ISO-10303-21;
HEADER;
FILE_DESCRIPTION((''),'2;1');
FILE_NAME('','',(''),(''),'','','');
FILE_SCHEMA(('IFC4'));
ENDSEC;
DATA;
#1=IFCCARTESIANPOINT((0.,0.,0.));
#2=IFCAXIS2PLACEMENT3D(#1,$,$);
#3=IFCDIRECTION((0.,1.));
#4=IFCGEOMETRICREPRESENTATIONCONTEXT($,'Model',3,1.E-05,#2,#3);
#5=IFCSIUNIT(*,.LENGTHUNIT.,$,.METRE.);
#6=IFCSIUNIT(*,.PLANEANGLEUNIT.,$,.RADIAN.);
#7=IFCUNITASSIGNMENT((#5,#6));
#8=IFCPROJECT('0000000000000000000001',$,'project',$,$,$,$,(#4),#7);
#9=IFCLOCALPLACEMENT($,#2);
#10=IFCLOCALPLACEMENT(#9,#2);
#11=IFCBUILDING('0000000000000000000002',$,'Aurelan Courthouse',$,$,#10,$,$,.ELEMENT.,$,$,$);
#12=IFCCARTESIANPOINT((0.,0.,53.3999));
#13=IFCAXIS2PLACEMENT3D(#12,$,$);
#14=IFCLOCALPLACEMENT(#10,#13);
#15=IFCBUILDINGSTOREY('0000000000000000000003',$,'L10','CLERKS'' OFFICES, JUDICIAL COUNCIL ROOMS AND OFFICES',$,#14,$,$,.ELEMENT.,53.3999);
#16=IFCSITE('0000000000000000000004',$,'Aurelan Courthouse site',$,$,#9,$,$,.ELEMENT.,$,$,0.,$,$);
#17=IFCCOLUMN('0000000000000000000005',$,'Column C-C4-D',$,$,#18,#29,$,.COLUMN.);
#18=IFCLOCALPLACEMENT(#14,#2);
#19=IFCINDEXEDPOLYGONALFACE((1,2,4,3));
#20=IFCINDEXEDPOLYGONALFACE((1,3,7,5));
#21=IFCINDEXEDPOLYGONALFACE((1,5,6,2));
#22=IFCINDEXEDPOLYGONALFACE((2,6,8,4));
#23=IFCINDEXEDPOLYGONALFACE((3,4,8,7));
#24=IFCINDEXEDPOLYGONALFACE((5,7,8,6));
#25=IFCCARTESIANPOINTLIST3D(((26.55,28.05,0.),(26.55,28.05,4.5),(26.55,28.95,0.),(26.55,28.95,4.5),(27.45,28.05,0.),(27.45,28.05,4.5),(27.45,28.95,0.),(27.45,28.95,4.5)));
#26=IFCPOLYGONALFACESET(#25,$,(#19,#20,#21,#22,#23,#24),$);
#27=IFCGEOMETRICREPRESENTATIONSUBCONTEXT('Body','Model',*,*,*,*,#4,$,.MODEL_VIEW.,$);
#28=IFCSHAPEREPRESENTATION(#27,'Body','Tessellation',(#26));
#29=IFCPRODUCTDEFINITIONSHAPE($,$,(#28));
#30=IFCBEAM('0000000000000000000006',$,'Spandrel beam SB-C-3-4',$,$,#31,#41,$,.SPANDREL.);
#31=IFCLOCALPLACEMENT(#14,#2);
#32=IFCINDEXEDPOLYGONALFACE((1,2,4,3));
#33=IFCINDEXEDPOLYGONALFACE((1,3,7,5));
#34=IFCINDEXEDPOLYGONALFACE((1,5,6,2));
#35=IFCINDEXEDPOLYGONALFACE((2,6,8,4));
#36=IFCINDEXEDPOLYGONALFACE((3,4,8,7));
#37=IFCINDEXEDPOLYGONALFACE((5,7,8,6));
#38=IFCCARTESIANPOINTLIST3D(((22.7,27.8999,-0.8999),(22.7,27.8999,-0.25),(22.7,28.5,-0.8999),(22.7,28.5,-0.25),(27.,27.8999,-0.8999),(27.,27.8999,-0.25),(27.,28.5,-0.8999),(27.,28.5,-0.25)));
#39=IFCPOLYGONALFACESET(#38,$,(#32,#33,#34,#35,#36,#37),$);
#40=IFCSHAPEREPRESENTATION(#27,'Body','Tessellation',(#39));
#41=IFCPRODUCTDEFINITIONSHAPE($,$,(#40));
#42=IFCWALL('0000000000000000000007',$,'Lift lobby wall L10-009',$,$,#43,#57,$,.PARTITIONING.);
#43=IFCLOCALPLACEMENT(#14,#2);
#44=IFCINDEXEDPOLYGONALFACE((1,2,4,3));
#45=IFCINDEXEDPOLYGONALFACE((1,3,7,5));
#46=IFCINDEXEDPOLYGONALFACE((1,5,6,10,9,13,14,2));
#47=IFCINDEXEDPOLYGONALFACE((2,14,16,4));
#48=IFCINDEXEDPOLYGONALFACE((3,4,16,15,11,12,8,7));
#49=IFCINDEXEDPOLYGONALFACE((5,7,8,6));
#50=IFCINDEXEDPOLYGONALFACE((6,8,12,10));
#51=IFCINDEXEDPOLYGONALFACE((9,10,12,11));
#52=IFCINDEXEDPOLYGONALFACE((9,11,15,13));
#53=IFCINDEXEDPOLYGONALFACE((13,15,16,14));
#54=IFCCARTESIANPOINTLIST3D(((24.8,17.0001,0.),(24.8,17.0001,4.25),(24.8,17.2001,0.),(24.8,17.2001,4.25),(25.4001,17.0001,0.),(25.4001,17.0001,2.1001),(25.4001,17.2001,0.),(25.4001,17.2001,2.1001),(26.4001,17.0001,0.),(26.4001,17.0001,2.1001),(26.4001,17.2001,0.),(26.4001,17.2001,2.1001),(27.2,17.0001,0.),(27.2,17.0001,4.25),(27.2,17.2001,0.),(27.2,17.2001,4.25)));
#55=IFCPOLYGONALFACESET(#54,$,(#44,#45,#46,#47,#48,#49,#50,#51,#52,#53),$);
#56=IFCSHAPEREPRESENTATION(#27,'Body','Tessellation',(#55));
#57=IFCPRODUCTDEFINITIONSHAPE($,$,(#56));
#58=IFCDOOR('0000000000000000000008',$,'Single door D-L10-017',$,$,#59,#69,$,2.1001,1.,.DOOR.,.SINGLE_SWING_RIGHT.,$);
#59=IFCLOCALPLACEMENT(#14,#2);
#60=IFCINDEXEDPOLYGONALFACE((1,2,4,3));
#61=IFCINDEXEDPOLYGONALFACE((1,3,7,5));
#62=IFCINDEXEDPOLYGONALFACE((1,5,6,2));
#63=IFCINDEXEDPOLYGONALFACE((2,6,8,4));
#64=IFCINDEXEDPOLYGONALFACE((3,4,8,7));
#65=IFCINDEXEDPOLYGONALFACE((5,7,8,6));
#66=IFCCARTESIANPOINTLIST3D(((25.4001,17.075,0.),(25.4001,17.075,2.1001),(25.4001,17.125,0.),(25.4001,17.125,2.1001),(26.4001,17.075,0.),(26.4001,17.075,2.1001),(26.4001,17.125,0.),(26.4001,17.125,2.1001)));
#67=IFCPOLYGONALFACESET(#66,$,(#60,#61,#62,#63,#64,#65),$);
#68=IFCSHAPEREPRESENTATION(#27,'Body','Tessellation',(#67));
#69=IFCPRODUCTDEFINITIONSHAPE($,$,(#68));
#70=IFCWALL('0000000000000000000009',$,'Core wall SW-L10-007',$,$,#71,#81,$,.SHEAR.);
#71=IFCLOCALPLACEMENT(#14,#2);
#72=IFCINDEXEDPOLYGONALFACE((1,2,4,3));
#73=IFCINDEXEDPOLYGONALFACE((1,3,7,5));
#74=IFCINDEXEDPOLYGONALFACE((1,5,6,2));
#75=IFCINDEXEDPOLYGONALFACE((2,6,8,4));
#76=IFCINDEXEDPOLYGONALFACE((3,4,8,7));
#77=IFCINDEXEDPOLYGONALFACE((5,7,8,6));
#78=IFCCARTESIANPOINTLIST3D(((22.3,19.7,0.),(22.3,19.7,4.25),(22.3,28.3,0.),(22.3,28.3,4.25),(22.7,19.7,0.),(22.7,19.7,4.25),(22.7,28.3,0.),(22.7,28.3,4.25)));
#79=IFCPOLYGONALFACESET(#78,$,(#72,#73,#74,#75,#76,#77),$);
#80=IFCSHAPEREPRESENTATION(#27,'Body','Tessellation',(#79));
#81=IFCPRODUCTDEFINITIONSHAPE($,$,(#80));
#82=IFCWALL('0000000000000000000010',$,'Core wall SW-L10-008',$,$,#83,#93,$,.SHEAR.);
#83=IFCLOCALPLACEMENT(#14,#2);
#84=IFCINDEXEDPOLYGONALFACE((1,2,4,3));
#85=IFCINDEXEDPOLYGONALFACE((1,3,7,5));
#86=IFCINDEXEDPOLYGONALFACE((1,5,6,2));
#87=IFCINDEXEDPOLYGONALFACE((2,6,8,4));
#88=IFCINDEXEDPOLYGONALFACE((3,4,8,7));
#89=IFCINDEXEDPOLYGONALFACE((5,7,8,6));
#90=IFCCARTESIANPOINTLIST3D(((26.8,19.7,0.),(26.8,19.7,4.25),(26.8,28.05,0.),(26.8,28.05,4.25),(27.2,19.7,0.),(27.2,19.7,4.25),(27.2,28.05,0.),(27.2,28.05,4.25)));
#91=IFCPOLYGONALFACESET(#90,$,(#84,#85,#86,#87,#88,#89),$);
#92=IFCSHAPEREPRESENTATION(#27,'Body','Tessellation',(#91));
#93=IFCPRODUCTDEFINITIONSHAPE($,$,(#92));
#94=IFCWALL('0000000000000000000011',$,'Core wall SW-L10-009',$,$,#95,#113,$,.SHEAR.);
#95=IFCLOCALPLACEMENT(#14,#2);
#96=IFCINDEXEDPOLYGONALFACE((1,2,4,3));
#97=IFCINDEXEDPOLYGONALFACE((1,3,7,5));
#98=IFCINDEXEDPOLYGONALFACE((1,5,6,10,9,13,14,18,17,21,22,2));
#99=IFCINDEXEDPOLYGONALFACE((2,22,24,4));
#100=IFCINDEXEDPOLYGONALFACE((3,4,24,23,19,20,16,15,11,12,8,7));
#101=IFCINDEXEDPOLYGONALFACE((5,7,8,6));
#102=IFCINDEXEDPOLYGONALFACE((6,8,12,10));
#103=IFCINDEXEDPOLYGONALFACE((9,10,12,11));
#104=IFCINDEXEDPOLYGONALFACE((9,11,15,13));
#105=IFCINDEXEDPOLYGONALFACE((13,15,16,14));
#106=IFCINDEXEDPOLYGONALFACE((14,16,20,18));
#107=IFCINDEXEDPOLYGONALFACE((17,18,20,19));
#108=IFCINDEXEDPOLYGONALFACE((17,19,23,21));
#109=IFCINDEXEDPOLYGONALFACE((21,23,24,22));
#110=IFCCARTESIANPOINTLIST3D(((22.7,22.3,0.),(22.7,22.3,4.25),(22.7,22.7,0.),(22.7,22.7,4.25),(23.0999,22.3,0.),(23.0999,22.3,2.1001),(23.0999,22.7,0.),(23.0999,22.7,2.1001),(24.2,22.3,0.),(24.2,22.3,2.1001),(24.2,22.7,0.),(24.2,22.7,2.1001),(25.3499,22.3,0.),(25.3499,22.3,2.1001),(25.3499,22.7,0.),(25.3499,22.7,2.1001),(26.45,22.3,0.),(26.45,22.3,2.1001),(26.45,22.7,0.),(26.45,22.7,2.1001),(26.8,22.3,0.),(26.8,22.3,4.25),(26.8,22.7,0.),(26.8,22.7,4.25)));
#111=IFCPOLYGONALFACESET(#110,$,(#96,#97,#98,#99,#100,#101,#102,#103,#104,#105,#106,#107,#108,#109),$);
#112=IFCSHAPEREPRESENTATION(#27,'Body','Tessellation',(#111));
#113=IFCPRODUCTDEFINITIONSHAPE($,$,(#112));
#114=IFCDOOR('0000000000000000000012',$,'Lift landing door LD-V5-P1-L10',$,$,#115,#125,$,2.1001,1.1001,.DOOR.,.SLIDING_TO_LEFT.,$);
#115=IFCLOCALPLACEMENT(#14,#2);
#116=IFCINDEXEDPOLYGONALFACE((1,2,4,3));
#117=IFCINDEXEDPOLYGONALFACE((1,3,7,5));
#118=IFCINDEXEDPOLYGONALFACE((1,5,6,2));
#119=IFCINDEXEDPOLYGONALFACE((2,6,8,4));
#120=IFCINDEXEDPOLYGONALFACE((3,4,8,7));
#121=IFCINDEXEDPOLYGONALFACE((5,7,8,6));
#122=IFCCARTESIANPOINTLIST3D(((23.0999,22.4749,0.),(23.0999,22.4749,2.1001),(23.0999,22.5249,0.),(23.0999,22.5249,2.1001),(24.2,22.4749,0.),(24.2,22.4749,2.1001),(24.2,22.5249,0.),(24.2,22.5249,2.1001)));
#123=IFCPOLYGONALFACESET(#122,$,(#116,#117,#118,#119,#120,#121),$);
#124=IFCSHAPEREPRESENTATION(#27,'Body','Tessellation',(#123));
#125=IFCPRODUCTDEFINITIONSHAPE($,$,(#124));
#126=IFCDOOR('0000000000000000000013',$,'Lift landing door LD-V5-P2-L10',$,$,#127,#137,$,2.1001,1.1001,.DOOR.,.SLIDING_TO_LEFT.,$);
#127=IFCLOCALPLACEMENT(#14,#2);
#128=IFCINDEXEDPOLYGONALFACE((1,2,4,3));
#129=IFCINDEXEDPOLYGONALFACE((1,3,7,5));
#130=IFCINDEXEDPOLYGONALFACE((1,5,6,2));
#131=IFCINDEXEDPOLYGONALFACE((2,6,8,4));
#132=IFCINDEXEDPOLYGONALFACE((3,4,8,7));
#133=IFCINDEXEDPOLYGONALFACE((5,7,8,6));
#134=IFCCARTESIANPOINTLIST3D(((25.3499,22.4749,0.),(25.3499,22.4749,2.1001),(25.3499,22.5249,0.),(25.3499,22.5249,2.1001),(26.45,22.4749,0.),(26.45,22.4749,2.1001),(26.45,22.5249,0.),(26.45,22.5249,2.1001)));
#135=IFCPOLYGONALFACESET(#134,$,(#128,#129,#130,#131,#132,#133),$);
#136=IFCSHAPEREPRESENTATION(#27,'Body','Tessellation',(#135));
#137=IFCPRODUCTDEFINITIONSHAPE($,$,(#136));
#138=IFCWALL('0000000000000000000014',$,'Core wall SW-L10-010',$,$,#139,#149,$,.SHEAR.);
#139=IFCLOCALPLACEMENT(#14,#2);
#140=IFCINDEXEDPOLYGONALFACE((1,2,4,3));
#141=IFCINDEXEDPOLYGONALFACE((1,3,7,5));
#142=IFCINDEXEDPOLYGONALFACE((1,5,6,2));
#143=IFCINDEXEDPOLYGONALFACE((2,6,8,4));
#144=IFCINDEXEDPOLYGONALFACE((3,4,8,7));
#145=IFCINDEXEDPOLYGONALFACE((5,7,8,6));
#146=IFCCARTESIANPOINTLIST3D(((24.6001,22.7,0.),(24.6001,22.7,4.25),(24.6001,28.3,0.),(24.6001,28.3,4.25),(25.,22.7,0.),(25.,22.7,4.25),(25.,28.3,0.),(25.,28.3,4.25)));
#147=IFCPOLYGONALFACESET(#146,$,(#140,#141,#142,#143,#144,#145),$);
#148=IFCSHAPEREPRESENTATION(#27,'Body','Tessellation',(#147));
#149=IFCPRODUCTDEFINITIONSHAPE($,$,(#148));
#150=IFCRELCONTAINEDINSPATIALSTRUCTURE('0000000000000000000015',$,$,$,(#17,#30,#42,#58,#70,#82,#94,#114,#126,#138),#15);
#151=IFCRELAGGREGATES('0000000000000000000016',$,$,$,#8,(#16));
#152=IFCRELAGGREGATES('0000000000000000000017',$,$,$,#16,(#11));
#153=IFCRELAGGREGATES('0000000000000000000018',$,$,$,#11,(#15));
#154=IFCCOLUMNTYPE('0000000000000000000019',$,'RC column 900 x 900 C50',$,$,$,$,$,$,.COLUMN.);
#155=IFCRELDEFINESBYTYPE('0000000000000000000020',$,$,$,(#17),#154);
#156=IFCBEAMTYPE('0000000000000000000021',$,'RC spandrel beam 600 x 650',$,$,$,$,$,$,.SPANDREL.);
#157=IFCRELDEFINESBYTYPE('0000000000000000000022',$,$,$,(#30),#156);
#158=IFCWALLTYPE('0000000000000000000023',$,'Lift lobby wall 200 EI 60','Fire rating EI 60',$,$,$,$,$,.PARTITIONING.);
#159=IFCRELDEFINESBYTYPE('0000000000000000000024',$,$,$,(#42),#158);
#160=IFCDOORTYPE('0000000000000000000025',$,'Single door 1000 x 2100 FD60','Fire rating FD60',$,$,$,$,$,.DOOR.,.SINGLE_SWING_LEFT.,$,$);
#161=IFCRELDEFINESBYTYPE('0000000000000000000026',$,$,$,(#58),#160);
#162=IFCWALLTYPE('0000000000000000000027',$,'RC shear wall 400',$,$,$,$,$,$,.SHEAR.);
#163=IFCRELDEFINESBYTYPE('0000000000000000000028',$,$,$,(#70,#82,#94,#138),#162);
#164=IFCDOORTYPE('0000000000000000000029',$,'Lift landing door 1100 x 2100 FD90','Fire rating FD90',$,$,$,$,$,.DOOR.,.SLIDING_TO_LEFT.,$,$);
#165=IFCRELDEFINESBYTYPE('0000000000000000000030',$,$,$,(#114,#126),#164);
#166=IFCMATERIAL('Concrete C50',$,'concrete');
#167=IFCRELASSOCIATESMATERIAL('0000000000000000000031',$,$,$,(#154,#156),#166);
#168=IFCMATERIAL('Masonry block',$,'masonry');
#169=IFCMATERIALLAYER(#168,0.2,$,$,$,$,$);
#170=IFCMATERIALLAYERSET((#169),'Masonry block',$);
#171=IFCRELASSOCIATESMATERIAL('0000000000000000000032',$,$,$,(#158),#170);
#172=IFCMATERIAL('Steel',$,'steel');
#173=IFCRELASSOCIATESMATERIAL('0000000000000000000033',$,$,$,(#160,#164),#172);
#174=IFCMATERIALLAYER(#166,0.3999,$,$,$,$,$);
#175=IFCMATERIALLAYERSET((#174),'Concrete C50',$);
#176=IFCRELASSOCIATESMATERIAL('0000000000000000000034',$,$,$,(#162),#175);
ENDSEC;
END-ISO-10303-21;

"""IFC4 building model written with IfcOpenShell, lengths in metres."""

from ifc_helpers import new_model, si_unit, direction, frame, frame_2d, origin, origin_2d, place, context, subcontext, project, spatial, rectangle, extrude, material, layer, layer_set, material_profile, profile_set, type_object, element, fill, save


model = new_model("IFC4")

# Units and contexts
model_context = context("Model", 3, precision=1e-05, world=origin(), true_north=direction((0.0, 1.0)))
body_context = subcontext(model_context, "Body", "Model", "MODEL_VIEW")
ifc_project = project(units=[si_unit("LENGTHUNIT", "METRE"), si_unit("PLANEANGLEUNIT", "RADIAN")], contexts=[model_context])

# Site, building, storey
site_placement = place(None, origin())
site = spatial("IfcSite", under=ifc_project, at=site_placement, Name="Aurelan Courthouse site", CompositionType="ELEMENT", RefElevation=0.0)
building_placement = place(site_placement, origin())
building = spatial("IfcBuilding", under=site, at=building_placement, Name="Aurelan Courthouse", CompositionType="ELEMENT")
storey_placement = place(building_placement, frame((0.0, 0.0, 53.3999)))
storey = spatial("IfcBuildingStorey", under=building, at=storey_placement, Name="L10", Description="CLERKS' OFFICES, JUDICIAL COUNCIL ROOMS AND OFFICES", CompositionType="ELEMENT", Elevation=53.3999)

# Column
ifc_material_1 = material(Name="Concrete C50", Category="concrete")
ifc_material_profile_1 = material_profile(ifc_material_1, rectangle(XDim=0.8999, YDim=0.8999, at=origin_2d()), Name="RC 900 x 900")
ifc_profile_set_1 = profile_set([ifc_material_profile_1], Name="Concrete C50")
column_type = type_object("IfcColumnType", Name="RC column 900 x 900 C50", PredefinedType="COLUMN", material=ifc_profile_set_1)
column_placement = place(storey_placement, frame((27.0, 28.5, 0.0), z_axis=(0.0, 0.0, 1.0), x_axis=(1.0, 0.0, 0.0)))
element("IfcColumn", 1, at=column_placement, inside=storey, type_object=column_type, Name="Column C-C4-D", PredefinedType="COLUMN", context=body_context, shape_type="SweptSolid", body=[
    extrude(rectangle(XDim=0.8999, YDim=0.8999, at=origin_2d()), origin(), (0.0, 0.0, 1.0), 4.5),
])

# Beam
ifc_material_profile_2 = material_profile(ifc_material_1, rectangle(XDim=0.6001, YDim=0.6499, at=origin_2d()), Name="RC 600 x 650")
ifc_profile_set_2 = profile_set([ifc_material_profile_2], Name="Concrete C50")
beam_type = type_object("IfcBeamType", Name="RC spandrel beam 600 x 650", PredefinedType="SPANDREL", material=ifc_profile_set_2)
beam_placement = place(storey_placement, frame((22.7, 28.2, -0.575), z_axis=(1.0, 0.0, 0.0), x_axis=(0.0, 1.0, 0.0)))
element("IfcBeam", 2, at=beam_placement, inside=storey, type_object=beam_type, Name="Spandrel beam SB-C-3-4", PredefinedType="SPANDREL", context=body_context, shape_type="SweptSolid", body=[
    extrude(rectangle(XDim=0.6001, YDim=0.6499, at=origin_2d()), origin(), (0.0, 0.0, 1.0), 4.3),
])

# Wall, opening, door
ifc_material_2 = material(Name="Masonry block", Category="masonry")
ifc_layer_1 = layer(ifc_material_2, 0.2)
ifc_layer_set_1 = layer_set([ifc_layer_1], Name="Masonry block")
wall_type_1 = type_object("IfcWallType", Name="Lift lobby wall 200 EI 60", Description="Fire rating EI 60", PredefinedType="PARTITIONING", material=ifc_layer_set_1)
wall_1_placement = place(storey_placement, frame((24.8, 17.1001, 0.0), z_axis=(0.0, 0.0, 1.0), x_axis=(1.0, 0.0, 0.0)))
wall_1 = element("IfcWall", 3, at=wall_1_placement, inside=storey, type_object=wall_type_1, Name="Lift lobby wall L10-009", PredefinedType="PARTITIONING", context=body_context, shape_type="SweptSolid", body=[
    extrude(rectangle(XDim=2.3999, YDim=0.2, at=frame_2d((1.2, 0.0))), origin(), (0.0, 0.0, 1.0), 4.25),
])
opening_1_placement = place(wall_1_placement, frame((0.6001, 0.0, 0.0)))
opening_1 = element("IfcOpeningElement", 4, at=opening_1_placement, cuts=wall_1, PredefinedType="OPENING", context=body_context, shape_type="SweptSolid", body=[
    extrude(rectangle(XDim=1.0, YDim=2.1001, at=frame_2d((0.5, 1.05))), frame((0.0, 0.1099, 0.0), z_axis=(0.0, -1.0, 0.0), x_axis=(1.0, 0.0, 0.0)), (0.0, 0.0, 1.0), 0.22),
])
ifc_material_3 = material(Name="Steel", Category="steel")
door_type_1 = type_object("IfcDoorType", Name="Single door 1000 x 2100 FD60", Description="Fire rating FD60", OperationType="SINGLE_SWING_LEFT", PredefinedType="DOOR", material=ifc_material_3)
door_1_placement = place(opening_1_placement, origin())
door_1 = element("IfcDoor", 5, at=door_1_placement, inside=storey, type_object=door_type_1, Name="Single door D-L10-017", OperationType="SINGLE_SWING_RIGHT", OverallHeight=2.1001, OverallWidth=1.0, PredefinedType="DOOR", context=body_context, shape_type="SweptSolid", body=[
    extrude(rectangle(XDim=1.0, YDim=2.1001, at=frame_2d((0.5, 1.05))), frame((0.0, 0.0249, 0.0), z_axis=(0.0, -1.0, 0.0), x_axis=(1.0, 0.0, 0.0)), (0.0, 0.0, 1.0), 0.05),
])
fill(opening_1, door_1)

# Walls
ifc_layer_2 = layer(ifc_material_1, 0.3999)
ifc_layer_set_2 = layer_set([ifc_layer_2], Name="Concrete C50")
wall_type_2 = type_object("IfcWallType", Name="RC shear wall 400", PredefinedType="SHEAR", material=ifc_layer_set_2)
wall_2_placement = place(storey_placement, frame((22.5, 19.7, 0.0), z_axis=(0.0, 0.0, 1.0), x_axis=(0.0, 1.0, 0.0)))
element("IfcWall", 6, at=wall_2_placement, inside=storey, type_object=wall_type_2, Name="Core wall SW-L10-007", PredefinedType="SHEAR", context=body_context, shape_type="SweptSolid", body=[
    extrude(rectangle(XDim=8.6001, YDim=0.3999, at=frame_2d((4.3, 0.0))), origin(), (0.0, 0.0, 1.0), 4.25),
])
wall_3_placement = place(storey_placement, frame((27.0, 19.7, 0.0), z_axis=(0.0, 0.0, 1.0), x_axis=(0.0, 1.0, 0.0)))
element("IfcWall", 7, at=wall_3_placement, inside=storey, type_object=wall_type_2, Name="Core wall SW-L10-008", PredefinedType="SHEAR", context=body_context, shape_type="SweptSolid", body=[
    extrude(rectangle(XDim=8.3501, YDim=0.3999, at=frame_2d((4.175, 0.0))), origin(), (0.0, 0.0, 1.0), 4.25),
])

# Wall, openings, doors
wall_4_placement = place(storey_placement, frame((22.7, 22.5, 0.0), z_axis=(0.0, 0.0, 1.0), x_axis=(1.0, 0.0, 0.0)))
wall_4 = element("IfcWall", 8, at=wall_4_placement, inside=storey, type_object=wall_type_2, Name="Core wall SW-L10-009", PredefinedType="SHEAR", context=body_context, shape_type="SweptSolid", body=[
    extrude(rectangle(XDim=4.1001, YDim=0.3999, at=frame_2d((2.05, 0.0))), origin(), (0.0, 0.0, 1.0), 4.25),
])
opening_2_placement = place(wall_4_placement, frame((0.3999, 0.0, 0.0)))
opening_2 = element("IfcOpeningElement", 9, at=opening_2_placement, cuts=wall_4, PredefinedType="OPENING", context=body_context, shape_type="SweptSolid", body=[
    extrude(rectangle(XDim=1.1001, YDim=2.1001, at=frame_2d((0.55, 1.05))), frame((0.0, 0.21, 0.0), z_axis=(0.0, -1.0, 0.0), x_axis=(1.0, 0.0, 0.0)), (0.0, 0.0, 1.0), 0.4199),
])
opening_3_placement = place(wall_4_placement, frame((2.6499, 0.0, 0.0)))
opening_3 = element("IfcOpeningElement", 10, at=opening_3_placement, cuts=wall_4, PredefinedType="OPENING", context=body_context, shape_type="SweptSolid", body=[
    extrude(rectangle(XDim=1.1001, YDim=2.1001, at=frame_2d((0.55, 1.05))), frame((0.0, 0.21, 0.0), z_axis=(0.0, -1.0, 0.0), x_axis=(1.0, 0.0, 0.0)), (0.0, 0.0, 1.0), 0.4199),
])
door_type_2 = type_object("IfcDoorType", Name="Lift landing door 1100 x 2100 FD90", Description="Fire rating FD90", OperationType="SLIDING_TO_LEFT", PredefinedType="DOOR", material=ifc_material_3)
door_2_placement = place(opening_2_placement, origin())
door_2 = element("IfcDoor", 11, at=door_2_placement, inside=storey, type_object=door_type_2, Name="Lift landing door LD-V5-P1-L10", OperationType="SLIDING_TO_LEFT", OverallHeight=2.1001, OverallWidth=1.1001, PredefinedType="DOOR", context=body_context, shape_type="SweptSolid", body=[
    extrude(rectangle(XDim=1.1001, YDim=2.1001, at=frame_2d((0.55, 1.05))), frame((0.0, 0.0249, 0.0), z_axis=(0.0, -1.0, 0.0), x_axis=(1.0, 0.0, 0.0)), (0.0, 0.0, 1.0), 0.05),
])
fill(opening_2, door_2)
door_3_placement = place(opening_3_placement, origin())
door_3 = element("IfcDoor", 12, at=door_3_placement, inside=storey, type_object=door_type_2, Name="Lift landing door LD-V5-P2-L10", OperationType="SLIDING_TO_LEFT", OverallHeight=2.1001, OverallWidth=1.1001, PredefinedType="DOOR", context=body_context, shape_type="SweptSolid", body=[
    extrude(rectangle(XDim=1.1001, YDim=2.1001, at=frame_2d((0.55, 1.05))), frame((0.0, 0.0249, 0.0), z_axis=(0.0, -1.0, 0.0), x_axis=(1.0, 0.0, 0.0)), (0.0, 0.0, 1.0), 0.05),
])
fill(opening_3, door_3)

# Wall
wall_5_placement = place(storey_placement, frame((24.8, 22.7, 0.0), z_axis=(0.0, 0.0, 1.0), x_axis=(0.0, 1.0, 0.0)))
element("IfcWall", 13, at=wall_5_placement, inside=storey, type_object=wall_type_2, Name="Core wall SW-L10-010", PredefinedType="SHEAR", context=body_context, shape_type="SweptSolid", body=[
    extrude(rectangle(XDim=5.6001, YDim=0.3999, at=frame_2d((2.8, 0.0))), origin(), (0.0, 0.0, 1.0), 4.25),
])

save(model, "model.ifc")
